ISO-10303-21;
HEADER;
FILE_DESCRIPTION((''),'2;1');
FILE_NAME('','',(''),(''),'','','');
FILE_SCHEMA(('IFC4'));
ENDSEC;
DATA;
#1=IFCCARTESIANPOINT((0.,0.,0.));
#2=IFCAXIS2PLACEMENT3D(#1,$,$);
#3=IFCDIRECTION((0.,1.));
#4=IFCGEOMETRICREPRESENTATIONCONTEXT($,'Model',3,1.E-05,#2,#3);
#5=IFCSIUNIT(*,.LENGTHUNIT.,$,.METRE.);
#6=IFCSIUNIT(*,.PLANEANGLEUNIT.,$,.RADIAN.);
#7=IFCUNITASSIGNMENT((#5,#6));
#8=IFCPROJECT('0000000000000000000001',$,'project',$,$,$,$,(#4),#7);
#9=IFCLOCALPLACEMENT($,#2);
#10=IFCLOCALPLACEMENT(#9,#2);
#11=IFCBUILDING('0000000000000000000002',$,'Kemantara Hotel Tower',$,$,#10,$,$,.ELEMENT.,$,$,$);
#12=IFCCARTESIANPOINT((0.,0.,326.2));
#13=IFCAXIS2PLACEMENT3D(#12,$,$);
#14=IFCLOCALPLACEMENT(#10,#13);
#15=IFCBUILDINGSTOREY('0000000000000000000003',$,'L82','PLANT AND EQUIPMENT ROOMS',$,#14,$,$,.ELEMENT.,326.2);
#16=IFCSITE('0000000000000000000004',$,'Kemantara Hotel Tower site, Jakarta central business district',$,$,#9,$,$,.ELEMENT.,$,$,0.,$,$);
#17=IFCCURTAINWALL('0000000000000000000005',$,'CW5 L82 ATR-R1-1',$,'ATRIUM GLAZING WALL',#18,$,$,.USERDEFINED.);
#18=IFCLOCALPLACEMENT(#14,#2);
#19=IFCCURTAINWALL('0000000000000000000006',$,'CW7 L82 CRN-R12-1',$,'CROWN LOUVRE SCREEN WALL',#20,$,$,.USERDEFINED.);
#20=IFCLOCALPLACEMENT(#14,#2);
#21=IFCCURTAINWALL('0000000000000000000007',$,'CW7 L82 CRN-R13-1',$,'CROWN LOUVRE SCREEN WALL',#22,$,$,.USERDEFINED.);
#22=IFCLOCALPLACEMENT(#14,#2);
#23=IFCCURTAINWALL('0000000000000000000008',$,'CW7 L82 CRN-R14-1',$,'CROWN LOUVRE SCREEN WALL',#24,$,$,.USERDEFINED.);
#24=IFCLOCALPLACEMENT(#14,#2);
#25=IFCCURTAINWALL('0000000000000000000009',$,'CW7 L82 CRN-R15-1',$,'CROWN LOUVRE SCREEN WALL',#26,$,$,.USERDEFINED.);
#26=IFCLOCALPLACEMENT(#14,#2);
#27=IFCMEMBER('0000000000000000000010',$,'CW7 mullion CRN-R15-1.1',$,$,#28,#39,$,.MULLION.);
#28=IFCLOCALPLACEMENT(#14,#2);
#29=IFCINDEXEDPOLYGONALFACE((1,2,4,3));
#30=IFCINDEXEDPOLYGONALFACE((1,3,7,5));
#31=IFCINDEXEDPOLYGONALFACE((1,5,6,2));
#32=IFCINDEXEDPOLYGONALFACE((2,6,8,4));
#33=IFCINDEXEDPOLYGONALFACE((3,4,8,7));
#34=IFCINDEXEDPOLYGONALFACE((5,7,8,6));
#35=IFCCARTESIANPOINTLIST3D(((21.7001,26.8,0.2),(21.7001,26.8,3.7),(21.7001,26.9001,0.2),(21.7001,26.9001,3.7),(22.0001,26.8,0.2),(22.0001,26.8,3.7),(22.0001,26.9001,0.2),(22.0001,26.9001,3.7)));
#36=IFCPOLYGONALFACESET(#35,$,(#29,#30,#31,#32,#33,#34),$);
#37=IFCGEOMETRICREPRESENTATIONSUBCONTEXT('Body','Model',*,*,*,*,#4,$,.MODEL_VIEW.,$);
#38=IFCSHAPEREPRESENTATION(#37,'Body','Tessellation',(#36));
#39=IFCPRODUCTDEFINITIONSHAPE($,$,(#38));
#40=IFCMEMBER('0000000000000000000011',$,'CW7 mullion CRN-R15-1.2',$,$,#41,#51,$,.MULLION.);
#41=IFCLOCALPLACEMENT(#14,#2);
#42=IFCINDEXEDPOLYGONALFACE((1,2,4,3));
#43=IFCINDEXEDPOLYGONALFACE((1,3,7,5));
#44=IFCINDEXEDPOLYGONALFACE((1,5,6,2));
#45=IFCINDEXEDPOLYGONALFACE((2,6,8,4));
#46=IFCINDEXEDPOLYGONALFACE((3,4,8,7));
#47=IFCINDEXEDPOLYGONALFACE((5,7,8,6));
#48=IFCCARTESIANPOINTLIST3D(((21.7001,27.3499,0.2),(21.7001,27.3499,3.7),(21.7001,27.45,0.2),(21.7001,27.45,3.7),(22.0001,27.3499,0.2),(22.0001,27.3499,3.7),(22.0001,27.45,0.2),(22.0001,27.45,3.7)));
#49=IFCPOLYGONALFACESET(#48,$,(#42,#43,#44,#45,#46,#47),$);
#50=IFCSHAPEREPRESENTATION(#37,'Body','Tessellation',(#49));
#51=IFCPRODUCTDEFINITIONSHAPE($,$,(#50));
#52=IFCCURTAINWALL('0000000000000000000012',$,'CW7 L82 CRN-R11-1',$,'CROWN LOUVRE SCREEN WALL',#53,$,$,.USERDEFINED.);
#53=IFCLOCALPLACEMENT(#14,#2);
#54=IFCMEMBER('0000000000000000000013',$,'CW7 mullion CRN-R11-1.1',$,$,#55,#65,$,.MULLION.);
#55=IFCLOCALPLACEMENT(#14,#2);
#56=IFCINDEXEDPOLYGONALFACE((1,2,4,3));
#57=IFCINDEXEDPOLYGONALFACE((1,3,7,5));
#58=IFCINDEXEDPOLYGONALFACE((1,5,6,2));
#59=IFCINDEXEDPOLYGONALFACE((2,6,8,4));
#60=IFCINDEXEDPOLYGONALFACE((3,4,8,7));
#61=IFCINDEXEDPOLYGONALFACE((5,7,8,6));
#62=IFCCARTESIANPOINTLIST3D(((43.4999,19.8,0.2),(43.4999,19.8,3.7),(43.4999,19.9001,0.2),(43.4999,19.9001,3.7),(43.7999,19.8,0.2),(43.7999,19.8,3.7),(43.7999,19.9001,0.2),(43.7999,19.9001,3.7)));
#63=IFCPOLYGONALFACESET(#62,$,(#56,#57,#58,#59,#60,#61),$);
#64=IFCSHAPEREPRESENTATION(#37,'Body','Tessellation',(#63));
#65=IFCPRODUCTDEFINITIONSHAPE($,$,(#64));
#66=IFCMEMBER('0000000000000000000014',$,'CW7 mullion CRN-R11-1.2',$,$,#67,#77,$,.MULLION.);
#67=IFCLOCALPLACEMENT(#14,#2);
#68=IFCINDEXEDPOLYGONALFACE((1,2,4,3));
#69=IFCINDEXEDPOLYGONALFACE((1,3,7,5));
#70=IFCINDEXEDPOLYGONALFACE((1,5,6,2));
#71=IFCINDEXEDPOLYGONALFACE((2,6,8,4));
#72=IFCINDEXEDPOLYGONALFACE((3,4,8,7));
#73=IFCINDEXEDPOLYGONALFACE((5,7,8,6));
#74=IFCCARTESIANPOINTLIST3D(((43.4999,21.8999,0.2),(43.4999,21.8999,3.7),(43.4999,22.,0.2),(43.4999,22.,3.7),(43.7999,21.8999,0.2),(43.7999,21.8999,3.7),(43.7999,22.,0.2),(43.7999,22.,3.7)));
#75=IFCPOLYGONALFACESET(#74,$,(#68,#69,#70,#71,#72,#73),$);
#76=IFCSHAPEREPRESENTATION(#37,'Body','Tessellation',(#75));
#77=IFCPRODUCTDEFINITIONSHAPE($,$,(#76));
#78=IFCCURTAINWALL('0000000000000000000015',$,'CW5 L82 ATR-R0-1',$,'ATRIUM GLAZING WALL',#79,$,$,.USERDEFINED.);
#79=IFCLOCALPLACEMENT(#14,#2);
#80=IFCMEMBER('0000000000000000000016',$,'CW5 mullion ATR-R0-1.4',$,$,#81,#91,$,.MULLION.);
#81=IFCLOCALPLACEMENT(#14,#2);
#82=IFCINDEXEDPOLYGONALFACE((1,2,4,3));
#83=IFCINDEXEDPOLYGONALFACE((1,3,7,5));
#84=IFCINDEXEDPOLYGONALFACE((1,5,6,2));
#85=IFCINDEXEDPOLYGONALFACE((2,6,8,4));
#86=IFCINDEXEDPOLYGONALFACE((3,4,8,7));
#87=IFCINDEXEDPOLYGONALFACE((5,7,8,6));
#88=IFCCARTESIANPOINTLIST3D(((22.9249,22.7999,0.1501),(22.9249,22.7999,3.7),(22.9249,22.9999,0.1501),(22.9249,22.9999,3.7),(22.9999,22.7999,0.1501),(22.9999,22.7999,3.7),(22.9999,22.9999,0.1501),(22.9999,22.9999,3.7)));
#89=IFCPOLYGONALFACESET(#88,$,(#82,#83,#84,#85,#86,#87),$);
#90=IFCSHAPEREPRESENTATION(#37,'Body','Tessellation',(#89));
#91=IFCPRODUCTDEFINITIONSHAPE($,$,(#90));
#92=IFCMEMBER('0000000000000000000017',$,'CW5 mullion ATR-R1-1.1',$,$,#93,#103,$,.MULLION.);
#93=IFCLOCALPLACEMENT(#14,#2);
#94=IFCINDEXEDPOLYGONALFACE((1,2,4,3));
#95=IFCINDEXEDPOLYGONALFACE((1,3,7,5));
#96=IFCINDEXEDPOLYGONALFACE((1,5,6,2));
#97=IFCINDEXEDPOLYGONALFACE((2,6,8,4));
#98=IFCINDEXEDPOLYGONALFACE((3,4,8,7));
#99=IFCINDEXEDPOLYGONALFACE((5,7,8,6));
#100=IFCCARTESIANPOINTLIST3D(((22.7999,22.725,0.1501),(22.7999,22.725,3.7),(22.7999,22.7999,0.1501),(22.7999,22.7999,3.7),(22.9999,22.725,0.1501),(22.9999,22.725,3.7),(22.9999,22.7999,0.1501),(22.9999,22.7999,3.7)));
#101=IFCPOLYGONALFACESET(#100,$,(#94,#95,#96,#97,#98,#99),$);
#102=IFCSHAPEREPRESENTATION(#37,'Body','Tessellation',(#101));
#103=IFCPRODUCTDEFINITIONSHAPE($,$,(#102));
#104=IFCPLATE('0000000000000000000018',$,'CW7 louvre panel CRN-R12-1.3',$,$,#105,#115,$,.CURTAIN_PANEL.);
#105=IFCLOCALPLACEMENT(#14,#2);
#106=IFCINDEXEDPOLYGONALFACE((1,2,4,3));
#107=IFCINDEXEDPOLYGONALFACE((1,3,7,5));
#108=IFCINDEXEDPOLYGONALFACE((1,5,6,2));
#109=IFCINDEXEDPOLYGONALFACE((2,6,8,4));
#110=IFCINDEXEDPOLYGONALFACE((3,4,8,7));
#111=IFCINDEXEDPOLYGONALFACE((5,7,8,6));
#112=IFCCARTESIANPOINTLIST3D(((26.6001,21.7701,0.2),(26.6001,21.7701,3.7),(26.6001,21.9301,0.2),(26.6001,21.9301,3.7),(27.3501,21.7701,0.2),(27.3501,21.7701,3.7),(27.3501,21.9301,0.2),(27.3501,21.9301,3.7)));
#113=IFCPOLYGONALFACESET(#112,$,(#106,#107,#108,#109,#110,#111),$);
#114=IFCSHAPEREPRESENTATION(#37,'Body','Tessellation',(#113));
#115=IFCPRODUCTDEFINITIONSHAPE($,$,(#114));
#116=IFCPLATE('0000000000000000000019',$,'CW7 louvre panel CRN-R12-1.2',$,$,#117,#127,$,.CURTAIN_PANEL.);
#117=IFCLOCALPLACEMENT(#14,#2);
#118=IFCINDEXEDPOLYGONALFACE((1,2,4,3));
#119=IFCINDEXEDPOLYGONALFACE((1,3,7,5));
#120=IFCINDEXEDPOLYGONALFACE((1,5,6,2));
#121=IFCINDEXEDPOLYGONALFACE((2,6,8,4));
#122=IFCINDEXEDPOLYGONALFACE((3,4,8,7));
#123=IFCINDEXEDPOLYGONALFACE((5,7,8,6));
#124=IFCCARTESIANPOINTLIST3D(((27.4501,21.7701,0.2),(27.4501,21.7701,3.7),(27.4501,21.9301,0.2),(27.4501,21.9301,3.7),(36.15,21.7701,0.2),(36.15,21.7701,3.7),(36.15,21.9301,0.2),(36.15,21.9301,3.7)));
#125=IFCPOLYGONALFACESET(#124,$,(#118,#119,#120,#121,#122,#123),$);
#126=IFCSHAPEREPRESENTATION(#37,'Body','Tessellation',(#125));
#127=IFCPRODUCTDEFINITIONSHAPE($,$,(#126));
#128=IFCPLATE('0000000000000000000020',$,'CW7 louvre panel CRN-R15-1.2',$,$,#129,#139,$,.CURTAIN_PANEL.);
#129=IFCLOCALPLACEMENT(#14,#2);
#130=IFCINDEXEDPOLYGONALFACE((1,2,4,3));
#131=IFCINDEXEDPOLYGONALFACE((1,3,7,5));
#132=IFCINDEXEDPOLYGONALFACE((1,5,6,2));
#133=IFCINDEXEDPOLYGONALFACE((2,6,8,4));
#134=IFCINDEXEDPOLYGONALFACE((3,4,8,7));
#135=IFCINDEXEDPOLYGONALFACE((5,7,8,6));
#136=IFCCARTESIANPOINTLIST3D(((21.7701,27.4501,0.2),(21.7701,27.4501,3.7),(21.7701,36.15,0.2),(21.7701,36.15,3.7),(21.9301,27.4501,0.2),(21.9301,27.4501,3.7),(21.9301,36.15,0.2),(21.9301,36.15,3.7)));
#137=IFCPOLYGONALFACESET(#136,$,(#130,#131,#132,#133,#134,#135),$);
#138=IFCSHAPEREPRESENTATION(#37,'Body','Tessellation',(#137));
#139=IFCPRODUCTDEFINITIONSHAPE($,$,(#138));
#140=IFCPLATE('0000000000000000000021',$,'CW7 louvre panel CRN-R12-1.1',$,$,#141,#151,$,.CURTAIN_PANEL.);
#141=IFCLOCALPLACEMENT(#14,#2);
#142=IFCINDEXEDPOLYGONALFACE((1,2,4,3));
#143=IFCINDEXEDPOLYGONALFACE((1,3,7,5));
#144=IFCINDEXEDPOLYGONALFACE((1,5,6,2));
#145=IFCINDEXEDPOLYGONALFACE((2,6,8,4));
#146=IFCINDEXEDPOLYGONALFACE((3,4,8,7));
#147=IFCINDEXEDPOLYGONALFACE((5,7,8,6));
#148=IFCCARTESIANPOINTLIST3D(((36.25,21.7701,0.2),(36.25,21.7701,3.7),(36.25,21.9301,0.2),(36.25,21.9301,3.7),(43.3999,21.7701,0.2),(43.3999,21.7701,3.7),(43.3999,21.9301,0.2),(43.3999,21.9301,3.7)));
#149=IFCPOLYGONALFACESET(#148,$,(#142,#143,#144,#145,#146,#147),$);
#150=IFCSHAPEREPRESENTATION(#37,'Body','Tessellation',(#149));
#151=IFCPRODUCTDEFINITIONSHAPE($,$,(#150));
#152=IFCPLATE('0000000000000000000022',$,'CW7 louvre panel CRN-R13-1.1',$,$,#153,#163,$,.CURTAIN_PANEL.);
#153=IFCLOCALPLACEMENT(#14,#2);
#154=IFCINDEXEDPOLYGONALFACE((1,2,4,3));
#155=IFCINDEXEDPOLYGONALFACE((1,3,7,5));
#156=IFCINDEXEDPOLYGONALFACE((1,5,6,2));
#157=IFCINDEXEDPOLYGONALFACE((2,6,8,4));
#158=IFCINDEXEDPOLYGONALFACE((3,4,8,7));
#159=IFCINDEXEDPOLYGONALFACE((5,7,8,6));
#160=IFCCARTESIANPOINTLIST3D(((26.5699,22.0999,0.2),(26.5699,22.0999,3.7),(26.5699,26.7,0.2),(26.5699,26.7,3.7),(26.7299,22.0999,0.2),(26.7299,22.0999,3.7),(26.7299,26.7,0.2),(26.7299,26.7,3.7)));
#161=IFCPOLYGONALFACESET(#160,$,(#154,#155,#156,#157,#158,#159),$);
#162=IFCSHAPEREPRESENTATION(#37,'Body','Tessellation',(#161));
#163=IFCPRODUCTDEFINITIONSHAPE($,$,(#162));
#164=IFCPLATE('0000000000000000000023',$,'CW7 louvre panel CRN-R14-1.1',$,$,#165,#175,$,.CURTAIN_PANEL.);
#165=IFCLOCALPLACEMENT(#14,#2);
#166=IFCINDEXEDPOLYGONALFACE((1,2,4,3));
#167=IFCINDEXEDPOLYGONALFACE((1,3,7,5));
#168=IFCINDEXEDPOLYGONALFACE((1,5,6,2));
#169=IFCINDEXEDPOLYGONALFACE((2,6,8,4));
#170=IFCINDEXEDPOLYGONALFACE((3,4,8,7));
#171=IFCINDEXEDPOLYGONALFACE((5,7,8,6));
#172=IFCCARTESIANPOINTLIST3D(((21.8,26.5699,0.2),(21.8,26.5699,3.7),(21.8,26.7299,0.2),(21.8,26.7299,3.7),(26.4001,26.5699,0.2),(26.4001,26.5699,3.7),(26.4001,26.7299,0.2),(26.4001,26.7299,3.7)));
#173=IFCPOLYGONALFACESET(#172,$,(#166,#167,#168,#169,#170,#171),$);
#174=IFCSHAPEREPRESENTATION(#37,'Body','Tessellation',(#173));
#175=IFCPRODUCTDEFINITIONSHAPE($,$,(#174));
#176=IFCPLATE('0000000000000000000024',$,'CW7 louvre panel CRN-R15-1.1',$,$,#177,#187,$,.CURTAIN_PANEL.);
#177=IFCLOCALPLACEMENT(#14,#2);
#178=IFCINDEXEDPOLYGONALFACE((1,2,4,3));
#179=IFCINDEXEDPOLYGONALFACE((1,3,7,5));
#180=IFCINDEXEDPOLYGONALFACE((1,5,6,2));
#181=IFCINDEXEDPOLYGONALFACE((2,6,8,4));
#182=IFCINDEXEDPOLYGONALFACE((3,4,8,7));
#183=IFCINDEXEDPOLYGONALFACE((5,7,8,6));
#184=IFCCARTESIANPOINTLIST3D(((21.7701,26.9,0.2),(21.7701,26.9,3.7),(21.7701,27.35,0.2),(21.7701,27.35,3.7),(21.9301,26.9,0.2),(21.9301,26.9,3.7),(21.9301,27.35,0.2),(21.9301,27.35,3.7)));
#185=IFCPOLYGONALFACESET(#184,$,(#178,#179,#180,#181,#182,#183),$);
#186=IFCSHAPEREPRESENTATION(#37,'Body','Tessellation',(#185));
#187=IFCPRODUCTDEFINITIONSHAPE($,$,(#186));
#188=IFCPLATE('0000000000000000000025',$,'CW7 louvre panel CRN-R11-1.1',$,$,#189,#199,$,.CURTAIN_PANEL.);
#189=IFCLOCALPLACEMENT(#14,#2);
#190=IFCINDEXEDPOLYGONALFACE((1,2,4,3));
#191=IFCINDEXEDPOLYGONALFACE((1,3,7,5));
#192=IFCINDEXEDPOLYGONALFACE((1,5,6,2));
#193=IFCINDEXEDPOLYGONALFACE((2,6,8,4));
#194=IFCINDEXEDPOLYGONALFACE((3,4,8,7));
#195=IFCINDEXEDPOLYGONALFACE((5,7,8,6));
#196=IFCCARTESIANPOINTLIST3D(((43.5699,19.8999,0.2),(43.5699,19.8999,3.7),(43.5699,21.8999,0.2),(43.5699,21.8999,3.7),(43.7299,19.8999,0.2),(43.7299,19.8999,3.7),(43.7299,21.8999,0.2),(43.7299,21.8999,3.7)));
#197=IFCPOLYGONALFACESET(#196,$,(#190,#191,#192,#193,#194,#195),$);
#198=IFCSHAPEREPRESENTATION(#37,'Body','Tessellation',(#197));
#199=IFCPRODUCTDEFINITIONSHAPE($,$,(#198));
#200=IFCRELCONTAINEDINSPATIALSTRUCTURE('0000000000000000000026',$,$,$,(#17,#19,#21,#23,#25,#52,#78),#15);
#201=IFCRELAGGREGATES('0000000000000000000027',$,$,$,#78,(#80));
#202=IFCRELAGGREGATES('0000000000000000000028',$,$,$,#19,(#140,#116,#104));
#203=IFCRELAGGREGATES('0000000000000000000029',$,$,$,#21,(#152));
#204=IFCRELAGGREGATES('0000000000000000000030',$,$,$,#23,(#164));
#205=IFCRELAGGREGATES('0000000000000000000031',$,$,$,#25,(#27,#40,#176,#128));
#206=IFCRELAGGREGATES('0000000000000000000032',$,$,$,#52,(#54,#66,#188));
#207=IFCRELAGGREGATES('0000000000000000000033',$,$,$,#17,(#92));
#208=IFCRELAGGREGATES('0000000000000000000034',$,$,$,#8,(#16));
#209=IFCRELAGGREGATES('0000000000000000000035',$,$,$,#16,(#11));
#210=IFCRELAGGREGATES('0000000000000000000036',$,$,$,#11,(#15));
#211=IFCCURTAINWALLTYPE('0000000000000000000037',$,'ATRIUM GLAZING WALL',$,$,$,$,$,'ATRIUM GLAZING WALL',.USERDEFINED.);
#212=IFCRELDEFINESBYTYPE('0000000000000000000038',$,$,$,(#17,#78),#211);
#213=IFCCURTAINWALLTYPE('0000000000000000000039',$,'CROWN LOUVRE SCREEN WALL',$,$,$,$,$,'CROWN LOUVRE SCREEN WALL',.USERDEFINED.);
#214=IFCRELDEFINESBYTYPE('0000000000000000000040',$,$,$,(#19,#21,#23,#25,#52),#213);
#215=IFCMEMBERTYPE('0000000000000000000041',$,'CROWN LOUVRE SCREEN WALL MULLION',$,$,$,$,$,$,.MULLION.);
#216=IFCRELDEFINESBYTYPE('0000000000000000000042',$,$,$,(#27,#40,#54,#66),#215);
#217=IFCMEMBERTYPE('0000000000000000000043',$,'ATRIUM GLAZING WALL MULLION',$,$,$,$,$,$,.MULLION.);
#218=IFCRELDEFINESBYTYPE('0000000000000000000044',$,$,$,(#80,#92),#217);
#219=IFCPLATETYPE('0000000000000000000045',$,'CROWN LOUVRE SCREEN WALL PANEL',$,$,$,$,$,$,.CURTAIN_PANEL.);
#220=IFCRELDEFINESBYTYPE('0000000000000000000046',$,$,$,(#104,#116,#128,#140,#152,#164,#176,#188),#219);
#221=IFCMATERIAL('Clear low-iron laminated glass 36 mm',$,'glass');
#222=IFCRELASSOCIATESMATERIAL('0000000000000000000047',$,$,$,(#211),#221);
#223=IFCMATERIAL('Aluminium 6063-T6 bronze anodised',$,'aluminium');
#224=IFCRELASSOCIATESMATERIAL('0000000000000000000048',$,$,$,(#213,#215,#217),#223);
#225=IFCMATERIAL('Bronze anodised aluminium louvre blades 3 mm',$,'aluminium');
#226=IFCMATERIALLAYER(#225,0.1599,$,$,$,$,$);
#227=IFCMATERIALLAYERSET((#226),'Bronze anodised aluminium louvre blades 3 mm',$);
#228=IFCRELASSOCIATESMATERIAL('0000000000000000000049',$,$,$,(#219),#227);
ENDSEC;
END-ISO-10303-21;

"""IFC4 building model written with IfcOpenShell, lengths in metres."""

from ifc_helpers import new_model, si_unit, direction, frame, origin, origin_2d, place, context, subcontext, project, spatial, rectangle, extrude, source, transform, mapped, material, layer, layer_set, material_profile, profile_set, type_object, element, aggregate, save


model = new_model("IFC4")

# Units and contexts
model_context = context("Model", 3, precision=1e-05, world=origin(), true_north=direction((0.0, 1.0)))
body_context = subcontext(model_context, "Body", "Model", "MODEL_VIEW")
ifc_project = project(units=[si_unit("LENGTHUNIT", "METRE"), si_unit("PLANEANGLEUNIT", "RADIAN")], contexts=[model_context])

# Site, building, storey
site_placement = place(None, origin())
site = spatial("IfcSite", under=ifc_project, at=site_placement, Name="Kemantara Hotel Tower site, Jakarta central business district", CompositionType="ELEMENT", RefElevation=0.0)
building_placement = place(site_placement, origin())
building = spatial("IfcBuilding", under=site, at=building_placement, Name="Kemantara Hotel Tower", CompositionType="ELEMENT")
storey_placement = place(building_placement, frame((0.0, 0.0, 326.2)))
storey = spatial("IfcBuildingStorey", under=building, at=storey_placement, Name="L82", Description="PLANT AND EQUIPMENT ROOMS", CompositionType="ELEMENT", Elevation=326.2)

# Curtain walls
ifc_material_1 = material(Name="Clear low-iron laminated glass 36 mm", Category="glass")
curtain_wall_type_1 = type_object("IfcCurtainWallType", Name="ATRIUM GLAZING WALL", ElementType="ATRIUM GLAZING WALL", PredefinedType="USERDEFINED", material=ifc_material_1)
curtain_wall_1_placement = place(storey_placement, origin())
curtain_wall_1 = element("IfcCurtainWall", 1, at=curtain_wall_1_placement, inside=storey, type_object=curtain_wall_type_1, Name="CW5 L82 ATR-R1-1", ObjectType="ATRIUM GLAZING WALL", PredefinedType="USERDEFINED")
ifc_material_2 = material(Name="Aluminium 6063-T6 bronze anodised", Category="aluminium")
curtain_wall_type_2 = type_object("IfcCurtainWallType", Name="CROWN LOUVRE SCREEN WALL", ElementType="CROWN LOUVRE SCREEN WALL", PredefinedType="USERDEFINED", material=ifc_material_2)
curtain_wall_2_placement = place(storey_placement, origin())
curtain_wall_2 = element("IfcCurtainWall", 2, at=curtain_wall_2_placement, inside=storey, type_object=curtain_wall_type_2, Name="CW7 L82 CRN-R12-1", ObjectType="CROWN LOUVRE SCREEN WALL", PredefinedType="USERDEFINED")
curtain_wall_3_placement = place(storey_placement, origin())
curtain_wall_3 = element("IfcCurtainWall", 3, at=curtain_wall_3_placement, inside=storey, type_object=curtain_wall_type_2, Name="CW7 L82 CRN-R13-1", ObjectType="CROWN LOUVRE SCREEN WALL", PredefinedType="USERDEFINED")
curtain_wall_4_placement = place(storey_placement, origin())
curtain_wall_4 = element("IfcCurtainWall", 4, at=curtain_wall_4_placement, inside=storey, type_object=curtain_wall_type_2, Name="CW7 L82 CRN-R14-1", ObjectType="CROWN LOUVRE SCREEN WALL", PredefinedType="USERDEFINED")

# Shared definitions
ifc_material_profile_1 = material_profile(ifc_material_2, rectangle(XDim=0.3, YDim=0.1001, at=origin_2d()), Name="CROWN LOUVRE SCREEN WALL MULLION")
ifc_profile_set_1 = profile_set([ifc_material_profile_1], Name="Aluminium 6063-T6 bronze anodised")
member_type_1 = type_object("IfcMemberType", Name="CROWN LOUVRE SCREEN WALL MULLION", PredefinedType="MULLION", material=ifc_profile_set_1)
shared_shape_1 = source(origin(), body_context, "Body", "SweptSolid", [
    extrude(rectangle(XDim=0.3, YDim=0.1001, at=origin_2d()), origin(), (0.0, 0.0, 1.0), 3.5),
])

# Curtain walls, members
curtain_wall_5_placement = place(storey_placement, origin())
curtain_wall_5 = element("IfcCurtainWall", 5, at=curtain_wall_5_placement, inside=storey, type_object=curtain_wall_type_2, Name="CW7 L82 CRN-R15-1", ObjectType="CROWN LOUVRE SCREEN WALL", PredefinedType="USERDEFINED")
member_1_placement = place(storey_placement, frame((21.8501, 26.8501, 0.2), z_axis=(0.0, 0.0, 1.0), x_axis=(-1.0, 0.0, 0.0)))
member_1 = element("IfcMember", 6, at=member_1_placement, type_object=member_type_1, Name="CW7 mullion CRN-R15-1.1", PredefinedType="MULLION", context=body_context, shape_type="MappedRepresentation", body=[
    mapped(shared_shape_1, transform((0.0, 0.0, 0.0))),
])
member_2_placement = place(storey_placement, frame((21.8501, 27.3999, 0.2), z_axis=(0.0, 0.0, 1.0), x_axis=(-1.0, 0.0, 0.0)))
member_2 = element("IfcMember", 7, at=member_2_placement, type_object=member_type_1, Name="CW7 mullion CRN-R15-1.2", PredefinedType="MULLION", context=body_context, shape_type="MappedRepresentation", body=[
    mapped(shared_shape_1, transform((0.0, 0.0, 0.0))),
])
curtain_wall_6_placement = place(storey_placement, origin())
curtain_wall_6 = element("IfcCurtainWall", 8, at=curtain_wall_6_placement, inside=storey, type_object=curtain_wall_type_2, Name="CW7 L82 CRN-R11-1", ObjectType="CROWN LOUVRE SCREEN WALL", PredefinedType="USERDEFINED")
member_3_placement = place(storey_placement, frame((43.6499, 19.8501, 0.2), z_axis=(0.0, 0.0, 1.0), x_axis=(-1.0, 0.0, 0.0)))
member_3 = element("IfcMember", 9, at=member_3_placement, type_object=member_type_1, Name="CW7 mullion CRN-R11-1.1", PredefinedType="MULLION", context=body_context, shape_type="MappedRepresentation", body=[
    mapped(shared_shape_1, transform((0.0, 0.0, 0.0))),
])
member_4_placement = place(storey_placement, frame((43.6499, 21.95, 0.2), z_axis=(0.0, 0.0, 1.0), x_axis=(-1.0, 0.0, 0.0)))
member_4 = element("IfcMember", 10, at=member_4_placement, type_object=member_type_1, Name="CW7 mullion CRN-R11-1.2", PredefinedType="MULLION", context=body_context, shape_type="MappedRepresentation", body=[
    mapped(shared_shape_1, transform((0.0, 0.0, 0.0))),
])

# Curtain wall, member
curtain_wall_7_placement = place(storey_placement, origin())
curtain_wall_7 = element("IfcCurtainWall", 11, at=curtain_wall_7_placement, inside=storey, type_object=curtain_wall_type_1, Name="CW5 L82 ATR-R0-1", ObjectType="ATRIUM GLAZING WALL", PredefinedType="USERDEFINED")
ifc_material_profile_2 = material_profile(ifc_material_2, rectangle(XDim=0.2, YDim=0.075, at=origin_2d()), Name="ATRIUM GLAZING WALL MULLION")
ifc_profile_set_2 = profile_set([ifc_material_profile_2], Name="Aluminium 6063-T6 bronze anodised")
member_type_2 = type_object("IfcMemberType", Name="ATRIUM GLAZING WALL MULLION", PredefinedType="MULLION", material=ifc_profile_set_2)
shared_shape_2 = source(origin(), body_context, "Body", "SweptSolid", [
    extrude(rectangle(XDim=0.2, YDim=0.075, at=origin_2d()), origin(), (0.0, 0.0, 1.0), 3.5498),
])
member_5_placement = place(storey_placement, frame((22.9624, 22.8999, 0.1501), z_axis=(0.0, 0.0, 1.0), x_axis=(0.0, 1.0, 0.0)))
member_5 = element("IfcMember", 12, at=member_5_placement, type_object=member_type_2, Name="CW5 mullion ATR-R0-1.4", PredefinedType="MULLION", context=body_context, shape_type="MappedRepresentation", body=[
    mapped(shared_shape_2, transform((0.0, 0.0, 0.0))),
])
aggregate(curtain_wall_7, [member_5])

# Member
member_6_placement = place(storey_placement, frame((22.8999, 22.7625, 0.1501), z_axis=(0.0, 0.0, 1.0), x_axis=(1.0, 0.0, 0.0)))
member_6 = element("IfcMember", 13, at=member_6_placement, type_object=member_type_2, Name="CW5 mullion ATR-R1-1.1", PredefinedType="MULLION", context=body_context, shape_type="MappedRepresentation", body=[
    mapped(shared_shape_2, transform((0.0, 0.0, 0.0))),
])

# Plates
ifc_material_3 = material(Name="Bronze anodised aluminium louvre blades 3 mm", Category="aluminium")
ifc_layer_1 = layer(ifc_material_3, 0.1599)
ifc_layer_set_1 = layer_set([ifc_layer_1], Name="Bronze anodised aluminium louvre blades 3 mm")
plate_type_1 = type_object("IfcPlateType", Name="CROWN LOUVRE SCREEN WALL PANEL", PredefinedType="CURTAIN_PANEL", material=ifc_layer_set_1)
shared_shape_3 = source(origin(), body_context, "Body", "SweptSolid", [
    extrude(rectangle(XDim=0.75, YDim=0.1599, at=origin_2d()), origin(), (0.0, 0.0, 1.0), 3.5),
])
plate_1_placement = place(storey_placement, frame((26.9751, 21.8501, 0.2), z_axis=(0.0, 0.0, 1.0), x_axis=(-1.0, 0.0, 0.0)))
plate_1 = element("IfcPlate", 14, at=plate_1_placement, type_object=plate_type_1, Name="CW7 louvre panel CRN-R12-1.3", PredefinedType="CURTAIN_PANEL", context=body_context, shape_type="MappedRepresentation", body=[
    mapped(shared_shape_3, transform((0.0, 0.0, 0.0))),
])
shared_shape_4 = source(origin(), body_context, "Body", "SweptSolid", [
    extrude(rectangle(XDim=8.7, YDim=0.1599, at=origin_2d()), origin(), (0.0, 0.0, 1.0), 3.5),
])
plate_2_placement = place(storey_placement, frame((31.8, 21.8501, 0.2), z_axis=(0.0, 0.0, 1.0), x_axis=(-1.0, 0.0, 0.0)))
plate_2 = element("IfcPlate", 15, at=plate_2_placement, type_object=plate_type_1, Name="CW7 louvre panel CRN-R12-1.2", PredefinedType="CURTAIN_PANEL", context=body_context, shape_type="MappedRepresentation", body=[
    mapped(shared_shape_4, transform((0.0, 0.0, 0.0))),
])
plate_3_placement = place(storey_placement, frame((21.8501, 31.8, 0.2), z_axis=(0.0, 0.0, 1.0), x_axis=(0.0, 1.0, 0.0)))
plate_3 = element("IfcPlate", 16, at=plate_3_placement, type_object=plate_type_1, Name="CW7 louvre panel CRN-R15-1.2", PredefinedType="CURTAIN_PANEL", context=body_context, shape_type="MappedRepresentation", body=[
    mapped(shared_shape_4, transform((0.0, 0.0, 0.0))),
])
shared_shape_5 = source(origin(), body_context, "Body", "SweptSolid", [
    extrude(rectangle(XDim=7.1499, YDim=0.1599, at=origin_2d()), origin(), (0.0, 0.0, 1.0), 3.5),
])
plate_4_placement = place(storey_placement, frame((39.825, 21.8501, 0.2), z_axis=(0.0, 0.0, 1.0), x_axis=(-1.0, 0.0, 0.0)))
plate_4 = element("IfcPlate", 17, at=plate_4_placement, type_object=plate_type_1, Name="CW7 louvre panel CRN-R12-1.1", PredefinedType="CURTAIN_PANEL", context=body_context, shape_type="MappedRepresentation", body=[
    mapped(shared_shape_5, transform((0.0, 0.0, 0.0))),
])
aggregate(curtain_wall_2, [plate_4, plate_2, plate_1])
shared_shape_6 = source(origin(), body_context, "Body", "SweptSolid", [
    extrude(rectangle(XDim=4.6001, YDim=0.1599, at=origin_2d()), origin(), (0.0, 0.0, 1.0), 3.5),
])
plate_5_placement = place(storey_placement, frame((26.6499, 24.3999, 0.2), z_axis=(0.0, 0.0, 1.0), x_axis=(0.0, 1.0, 0.0)))
plate_5 = element("IfcPlate", 18, at=plate_5_placement, type_object=plate_type_1, Name="CW7 louvre panel CRN-R13-1.1", PredefinedType="CURTAIN_PANEL", context=body_context, shape_type="MappedRepresentation", body=[
    mapped(shared_shape_6, transform((0.0, 0.0, 0.0))),
])
aggregate(curtain_wall_3, [plate_5])
plate_6_placement = place(storey_placement, frame((24.1001, 26.6499, 0.2), z_axis=(0.0, 0.0, 1.0), x_axis=(-1.0, 0.0, 0.0)))
plate_6 = element("IfcPlate", 19, at=plate_6_placement, type_object=plate_type_1, Name="CW7 louvre panel CRN-R14-1.1", PredefinedType="CURTAIN_PANEL", context=body_context, shape_type="MappedRepresentation", body=[
    mapped(shared_shape_6, transform((0.0, 0.0, 0.0))),
])
aggregate(curtain_wall_4, [plate_6])
shared_shape_7 = source(origin(), body_context, "Body", "SweptSolid", [
    extrude(rectangle(XDim=0.45, YDim=0.1599, at=origin_2d()), origin(), (0.0, 0.0, 1.0), 3.5),
])
plate_7_placement = place(storey_placement, frame((21.8501, 27.125, 0.2), z_axis=(0.0, 0.0, 1.0), x_axis=(0.0, 1.0, 0.0)))
plate_7 = element("IfcPlate", 20, at=plate_7_placement, type_object=plate_type_1, Name="CW7 louvre panel CRN-R15-1.1", PredefinedType="CURTAIN_PANEL", context=body_context, shape_type="MappedRepresentation", body=[
    mapped(shared_shape_7, transform((0.0, 0.0, 0.0))),
])
aggregate(curtain_wall_5, [member_1, member_2, plate_7, plate_3])
shared_shape_8 = source(origin(), body_context, "Body", "SweptSolid", [
    extrude(rectangle(XDim=2.0, YDim=0.1599, at=origin_2d()), origin(), (0.0, 0.0, 1.0), 3.5),
])
plate_8_placement = place(storey_placement, frame((43.6499, 20.8999, 0.2), z_axis=(0.0, 0.0, 1.0), x_axis=(0.0, 1.0, 0.0)))
plate_8 = element("IfcPlate", 21, at=plate_8_placement, type_object=plate_type_1, Name="CW7 louvre panel CRN-R11-1.1", PredefinedType="CURTAIN_PANEL", context=body_context, shape_type="MappedRepresentation", body=[
    mapped(shared_shape_8, transform((0.0, 0.0, 0.0))),
])
aggregate(curtain_wall_6, [member_3, member_4, plate_8])
aggregate(curtain_wall_1, [member_6])

save(model, "model.ifc")
